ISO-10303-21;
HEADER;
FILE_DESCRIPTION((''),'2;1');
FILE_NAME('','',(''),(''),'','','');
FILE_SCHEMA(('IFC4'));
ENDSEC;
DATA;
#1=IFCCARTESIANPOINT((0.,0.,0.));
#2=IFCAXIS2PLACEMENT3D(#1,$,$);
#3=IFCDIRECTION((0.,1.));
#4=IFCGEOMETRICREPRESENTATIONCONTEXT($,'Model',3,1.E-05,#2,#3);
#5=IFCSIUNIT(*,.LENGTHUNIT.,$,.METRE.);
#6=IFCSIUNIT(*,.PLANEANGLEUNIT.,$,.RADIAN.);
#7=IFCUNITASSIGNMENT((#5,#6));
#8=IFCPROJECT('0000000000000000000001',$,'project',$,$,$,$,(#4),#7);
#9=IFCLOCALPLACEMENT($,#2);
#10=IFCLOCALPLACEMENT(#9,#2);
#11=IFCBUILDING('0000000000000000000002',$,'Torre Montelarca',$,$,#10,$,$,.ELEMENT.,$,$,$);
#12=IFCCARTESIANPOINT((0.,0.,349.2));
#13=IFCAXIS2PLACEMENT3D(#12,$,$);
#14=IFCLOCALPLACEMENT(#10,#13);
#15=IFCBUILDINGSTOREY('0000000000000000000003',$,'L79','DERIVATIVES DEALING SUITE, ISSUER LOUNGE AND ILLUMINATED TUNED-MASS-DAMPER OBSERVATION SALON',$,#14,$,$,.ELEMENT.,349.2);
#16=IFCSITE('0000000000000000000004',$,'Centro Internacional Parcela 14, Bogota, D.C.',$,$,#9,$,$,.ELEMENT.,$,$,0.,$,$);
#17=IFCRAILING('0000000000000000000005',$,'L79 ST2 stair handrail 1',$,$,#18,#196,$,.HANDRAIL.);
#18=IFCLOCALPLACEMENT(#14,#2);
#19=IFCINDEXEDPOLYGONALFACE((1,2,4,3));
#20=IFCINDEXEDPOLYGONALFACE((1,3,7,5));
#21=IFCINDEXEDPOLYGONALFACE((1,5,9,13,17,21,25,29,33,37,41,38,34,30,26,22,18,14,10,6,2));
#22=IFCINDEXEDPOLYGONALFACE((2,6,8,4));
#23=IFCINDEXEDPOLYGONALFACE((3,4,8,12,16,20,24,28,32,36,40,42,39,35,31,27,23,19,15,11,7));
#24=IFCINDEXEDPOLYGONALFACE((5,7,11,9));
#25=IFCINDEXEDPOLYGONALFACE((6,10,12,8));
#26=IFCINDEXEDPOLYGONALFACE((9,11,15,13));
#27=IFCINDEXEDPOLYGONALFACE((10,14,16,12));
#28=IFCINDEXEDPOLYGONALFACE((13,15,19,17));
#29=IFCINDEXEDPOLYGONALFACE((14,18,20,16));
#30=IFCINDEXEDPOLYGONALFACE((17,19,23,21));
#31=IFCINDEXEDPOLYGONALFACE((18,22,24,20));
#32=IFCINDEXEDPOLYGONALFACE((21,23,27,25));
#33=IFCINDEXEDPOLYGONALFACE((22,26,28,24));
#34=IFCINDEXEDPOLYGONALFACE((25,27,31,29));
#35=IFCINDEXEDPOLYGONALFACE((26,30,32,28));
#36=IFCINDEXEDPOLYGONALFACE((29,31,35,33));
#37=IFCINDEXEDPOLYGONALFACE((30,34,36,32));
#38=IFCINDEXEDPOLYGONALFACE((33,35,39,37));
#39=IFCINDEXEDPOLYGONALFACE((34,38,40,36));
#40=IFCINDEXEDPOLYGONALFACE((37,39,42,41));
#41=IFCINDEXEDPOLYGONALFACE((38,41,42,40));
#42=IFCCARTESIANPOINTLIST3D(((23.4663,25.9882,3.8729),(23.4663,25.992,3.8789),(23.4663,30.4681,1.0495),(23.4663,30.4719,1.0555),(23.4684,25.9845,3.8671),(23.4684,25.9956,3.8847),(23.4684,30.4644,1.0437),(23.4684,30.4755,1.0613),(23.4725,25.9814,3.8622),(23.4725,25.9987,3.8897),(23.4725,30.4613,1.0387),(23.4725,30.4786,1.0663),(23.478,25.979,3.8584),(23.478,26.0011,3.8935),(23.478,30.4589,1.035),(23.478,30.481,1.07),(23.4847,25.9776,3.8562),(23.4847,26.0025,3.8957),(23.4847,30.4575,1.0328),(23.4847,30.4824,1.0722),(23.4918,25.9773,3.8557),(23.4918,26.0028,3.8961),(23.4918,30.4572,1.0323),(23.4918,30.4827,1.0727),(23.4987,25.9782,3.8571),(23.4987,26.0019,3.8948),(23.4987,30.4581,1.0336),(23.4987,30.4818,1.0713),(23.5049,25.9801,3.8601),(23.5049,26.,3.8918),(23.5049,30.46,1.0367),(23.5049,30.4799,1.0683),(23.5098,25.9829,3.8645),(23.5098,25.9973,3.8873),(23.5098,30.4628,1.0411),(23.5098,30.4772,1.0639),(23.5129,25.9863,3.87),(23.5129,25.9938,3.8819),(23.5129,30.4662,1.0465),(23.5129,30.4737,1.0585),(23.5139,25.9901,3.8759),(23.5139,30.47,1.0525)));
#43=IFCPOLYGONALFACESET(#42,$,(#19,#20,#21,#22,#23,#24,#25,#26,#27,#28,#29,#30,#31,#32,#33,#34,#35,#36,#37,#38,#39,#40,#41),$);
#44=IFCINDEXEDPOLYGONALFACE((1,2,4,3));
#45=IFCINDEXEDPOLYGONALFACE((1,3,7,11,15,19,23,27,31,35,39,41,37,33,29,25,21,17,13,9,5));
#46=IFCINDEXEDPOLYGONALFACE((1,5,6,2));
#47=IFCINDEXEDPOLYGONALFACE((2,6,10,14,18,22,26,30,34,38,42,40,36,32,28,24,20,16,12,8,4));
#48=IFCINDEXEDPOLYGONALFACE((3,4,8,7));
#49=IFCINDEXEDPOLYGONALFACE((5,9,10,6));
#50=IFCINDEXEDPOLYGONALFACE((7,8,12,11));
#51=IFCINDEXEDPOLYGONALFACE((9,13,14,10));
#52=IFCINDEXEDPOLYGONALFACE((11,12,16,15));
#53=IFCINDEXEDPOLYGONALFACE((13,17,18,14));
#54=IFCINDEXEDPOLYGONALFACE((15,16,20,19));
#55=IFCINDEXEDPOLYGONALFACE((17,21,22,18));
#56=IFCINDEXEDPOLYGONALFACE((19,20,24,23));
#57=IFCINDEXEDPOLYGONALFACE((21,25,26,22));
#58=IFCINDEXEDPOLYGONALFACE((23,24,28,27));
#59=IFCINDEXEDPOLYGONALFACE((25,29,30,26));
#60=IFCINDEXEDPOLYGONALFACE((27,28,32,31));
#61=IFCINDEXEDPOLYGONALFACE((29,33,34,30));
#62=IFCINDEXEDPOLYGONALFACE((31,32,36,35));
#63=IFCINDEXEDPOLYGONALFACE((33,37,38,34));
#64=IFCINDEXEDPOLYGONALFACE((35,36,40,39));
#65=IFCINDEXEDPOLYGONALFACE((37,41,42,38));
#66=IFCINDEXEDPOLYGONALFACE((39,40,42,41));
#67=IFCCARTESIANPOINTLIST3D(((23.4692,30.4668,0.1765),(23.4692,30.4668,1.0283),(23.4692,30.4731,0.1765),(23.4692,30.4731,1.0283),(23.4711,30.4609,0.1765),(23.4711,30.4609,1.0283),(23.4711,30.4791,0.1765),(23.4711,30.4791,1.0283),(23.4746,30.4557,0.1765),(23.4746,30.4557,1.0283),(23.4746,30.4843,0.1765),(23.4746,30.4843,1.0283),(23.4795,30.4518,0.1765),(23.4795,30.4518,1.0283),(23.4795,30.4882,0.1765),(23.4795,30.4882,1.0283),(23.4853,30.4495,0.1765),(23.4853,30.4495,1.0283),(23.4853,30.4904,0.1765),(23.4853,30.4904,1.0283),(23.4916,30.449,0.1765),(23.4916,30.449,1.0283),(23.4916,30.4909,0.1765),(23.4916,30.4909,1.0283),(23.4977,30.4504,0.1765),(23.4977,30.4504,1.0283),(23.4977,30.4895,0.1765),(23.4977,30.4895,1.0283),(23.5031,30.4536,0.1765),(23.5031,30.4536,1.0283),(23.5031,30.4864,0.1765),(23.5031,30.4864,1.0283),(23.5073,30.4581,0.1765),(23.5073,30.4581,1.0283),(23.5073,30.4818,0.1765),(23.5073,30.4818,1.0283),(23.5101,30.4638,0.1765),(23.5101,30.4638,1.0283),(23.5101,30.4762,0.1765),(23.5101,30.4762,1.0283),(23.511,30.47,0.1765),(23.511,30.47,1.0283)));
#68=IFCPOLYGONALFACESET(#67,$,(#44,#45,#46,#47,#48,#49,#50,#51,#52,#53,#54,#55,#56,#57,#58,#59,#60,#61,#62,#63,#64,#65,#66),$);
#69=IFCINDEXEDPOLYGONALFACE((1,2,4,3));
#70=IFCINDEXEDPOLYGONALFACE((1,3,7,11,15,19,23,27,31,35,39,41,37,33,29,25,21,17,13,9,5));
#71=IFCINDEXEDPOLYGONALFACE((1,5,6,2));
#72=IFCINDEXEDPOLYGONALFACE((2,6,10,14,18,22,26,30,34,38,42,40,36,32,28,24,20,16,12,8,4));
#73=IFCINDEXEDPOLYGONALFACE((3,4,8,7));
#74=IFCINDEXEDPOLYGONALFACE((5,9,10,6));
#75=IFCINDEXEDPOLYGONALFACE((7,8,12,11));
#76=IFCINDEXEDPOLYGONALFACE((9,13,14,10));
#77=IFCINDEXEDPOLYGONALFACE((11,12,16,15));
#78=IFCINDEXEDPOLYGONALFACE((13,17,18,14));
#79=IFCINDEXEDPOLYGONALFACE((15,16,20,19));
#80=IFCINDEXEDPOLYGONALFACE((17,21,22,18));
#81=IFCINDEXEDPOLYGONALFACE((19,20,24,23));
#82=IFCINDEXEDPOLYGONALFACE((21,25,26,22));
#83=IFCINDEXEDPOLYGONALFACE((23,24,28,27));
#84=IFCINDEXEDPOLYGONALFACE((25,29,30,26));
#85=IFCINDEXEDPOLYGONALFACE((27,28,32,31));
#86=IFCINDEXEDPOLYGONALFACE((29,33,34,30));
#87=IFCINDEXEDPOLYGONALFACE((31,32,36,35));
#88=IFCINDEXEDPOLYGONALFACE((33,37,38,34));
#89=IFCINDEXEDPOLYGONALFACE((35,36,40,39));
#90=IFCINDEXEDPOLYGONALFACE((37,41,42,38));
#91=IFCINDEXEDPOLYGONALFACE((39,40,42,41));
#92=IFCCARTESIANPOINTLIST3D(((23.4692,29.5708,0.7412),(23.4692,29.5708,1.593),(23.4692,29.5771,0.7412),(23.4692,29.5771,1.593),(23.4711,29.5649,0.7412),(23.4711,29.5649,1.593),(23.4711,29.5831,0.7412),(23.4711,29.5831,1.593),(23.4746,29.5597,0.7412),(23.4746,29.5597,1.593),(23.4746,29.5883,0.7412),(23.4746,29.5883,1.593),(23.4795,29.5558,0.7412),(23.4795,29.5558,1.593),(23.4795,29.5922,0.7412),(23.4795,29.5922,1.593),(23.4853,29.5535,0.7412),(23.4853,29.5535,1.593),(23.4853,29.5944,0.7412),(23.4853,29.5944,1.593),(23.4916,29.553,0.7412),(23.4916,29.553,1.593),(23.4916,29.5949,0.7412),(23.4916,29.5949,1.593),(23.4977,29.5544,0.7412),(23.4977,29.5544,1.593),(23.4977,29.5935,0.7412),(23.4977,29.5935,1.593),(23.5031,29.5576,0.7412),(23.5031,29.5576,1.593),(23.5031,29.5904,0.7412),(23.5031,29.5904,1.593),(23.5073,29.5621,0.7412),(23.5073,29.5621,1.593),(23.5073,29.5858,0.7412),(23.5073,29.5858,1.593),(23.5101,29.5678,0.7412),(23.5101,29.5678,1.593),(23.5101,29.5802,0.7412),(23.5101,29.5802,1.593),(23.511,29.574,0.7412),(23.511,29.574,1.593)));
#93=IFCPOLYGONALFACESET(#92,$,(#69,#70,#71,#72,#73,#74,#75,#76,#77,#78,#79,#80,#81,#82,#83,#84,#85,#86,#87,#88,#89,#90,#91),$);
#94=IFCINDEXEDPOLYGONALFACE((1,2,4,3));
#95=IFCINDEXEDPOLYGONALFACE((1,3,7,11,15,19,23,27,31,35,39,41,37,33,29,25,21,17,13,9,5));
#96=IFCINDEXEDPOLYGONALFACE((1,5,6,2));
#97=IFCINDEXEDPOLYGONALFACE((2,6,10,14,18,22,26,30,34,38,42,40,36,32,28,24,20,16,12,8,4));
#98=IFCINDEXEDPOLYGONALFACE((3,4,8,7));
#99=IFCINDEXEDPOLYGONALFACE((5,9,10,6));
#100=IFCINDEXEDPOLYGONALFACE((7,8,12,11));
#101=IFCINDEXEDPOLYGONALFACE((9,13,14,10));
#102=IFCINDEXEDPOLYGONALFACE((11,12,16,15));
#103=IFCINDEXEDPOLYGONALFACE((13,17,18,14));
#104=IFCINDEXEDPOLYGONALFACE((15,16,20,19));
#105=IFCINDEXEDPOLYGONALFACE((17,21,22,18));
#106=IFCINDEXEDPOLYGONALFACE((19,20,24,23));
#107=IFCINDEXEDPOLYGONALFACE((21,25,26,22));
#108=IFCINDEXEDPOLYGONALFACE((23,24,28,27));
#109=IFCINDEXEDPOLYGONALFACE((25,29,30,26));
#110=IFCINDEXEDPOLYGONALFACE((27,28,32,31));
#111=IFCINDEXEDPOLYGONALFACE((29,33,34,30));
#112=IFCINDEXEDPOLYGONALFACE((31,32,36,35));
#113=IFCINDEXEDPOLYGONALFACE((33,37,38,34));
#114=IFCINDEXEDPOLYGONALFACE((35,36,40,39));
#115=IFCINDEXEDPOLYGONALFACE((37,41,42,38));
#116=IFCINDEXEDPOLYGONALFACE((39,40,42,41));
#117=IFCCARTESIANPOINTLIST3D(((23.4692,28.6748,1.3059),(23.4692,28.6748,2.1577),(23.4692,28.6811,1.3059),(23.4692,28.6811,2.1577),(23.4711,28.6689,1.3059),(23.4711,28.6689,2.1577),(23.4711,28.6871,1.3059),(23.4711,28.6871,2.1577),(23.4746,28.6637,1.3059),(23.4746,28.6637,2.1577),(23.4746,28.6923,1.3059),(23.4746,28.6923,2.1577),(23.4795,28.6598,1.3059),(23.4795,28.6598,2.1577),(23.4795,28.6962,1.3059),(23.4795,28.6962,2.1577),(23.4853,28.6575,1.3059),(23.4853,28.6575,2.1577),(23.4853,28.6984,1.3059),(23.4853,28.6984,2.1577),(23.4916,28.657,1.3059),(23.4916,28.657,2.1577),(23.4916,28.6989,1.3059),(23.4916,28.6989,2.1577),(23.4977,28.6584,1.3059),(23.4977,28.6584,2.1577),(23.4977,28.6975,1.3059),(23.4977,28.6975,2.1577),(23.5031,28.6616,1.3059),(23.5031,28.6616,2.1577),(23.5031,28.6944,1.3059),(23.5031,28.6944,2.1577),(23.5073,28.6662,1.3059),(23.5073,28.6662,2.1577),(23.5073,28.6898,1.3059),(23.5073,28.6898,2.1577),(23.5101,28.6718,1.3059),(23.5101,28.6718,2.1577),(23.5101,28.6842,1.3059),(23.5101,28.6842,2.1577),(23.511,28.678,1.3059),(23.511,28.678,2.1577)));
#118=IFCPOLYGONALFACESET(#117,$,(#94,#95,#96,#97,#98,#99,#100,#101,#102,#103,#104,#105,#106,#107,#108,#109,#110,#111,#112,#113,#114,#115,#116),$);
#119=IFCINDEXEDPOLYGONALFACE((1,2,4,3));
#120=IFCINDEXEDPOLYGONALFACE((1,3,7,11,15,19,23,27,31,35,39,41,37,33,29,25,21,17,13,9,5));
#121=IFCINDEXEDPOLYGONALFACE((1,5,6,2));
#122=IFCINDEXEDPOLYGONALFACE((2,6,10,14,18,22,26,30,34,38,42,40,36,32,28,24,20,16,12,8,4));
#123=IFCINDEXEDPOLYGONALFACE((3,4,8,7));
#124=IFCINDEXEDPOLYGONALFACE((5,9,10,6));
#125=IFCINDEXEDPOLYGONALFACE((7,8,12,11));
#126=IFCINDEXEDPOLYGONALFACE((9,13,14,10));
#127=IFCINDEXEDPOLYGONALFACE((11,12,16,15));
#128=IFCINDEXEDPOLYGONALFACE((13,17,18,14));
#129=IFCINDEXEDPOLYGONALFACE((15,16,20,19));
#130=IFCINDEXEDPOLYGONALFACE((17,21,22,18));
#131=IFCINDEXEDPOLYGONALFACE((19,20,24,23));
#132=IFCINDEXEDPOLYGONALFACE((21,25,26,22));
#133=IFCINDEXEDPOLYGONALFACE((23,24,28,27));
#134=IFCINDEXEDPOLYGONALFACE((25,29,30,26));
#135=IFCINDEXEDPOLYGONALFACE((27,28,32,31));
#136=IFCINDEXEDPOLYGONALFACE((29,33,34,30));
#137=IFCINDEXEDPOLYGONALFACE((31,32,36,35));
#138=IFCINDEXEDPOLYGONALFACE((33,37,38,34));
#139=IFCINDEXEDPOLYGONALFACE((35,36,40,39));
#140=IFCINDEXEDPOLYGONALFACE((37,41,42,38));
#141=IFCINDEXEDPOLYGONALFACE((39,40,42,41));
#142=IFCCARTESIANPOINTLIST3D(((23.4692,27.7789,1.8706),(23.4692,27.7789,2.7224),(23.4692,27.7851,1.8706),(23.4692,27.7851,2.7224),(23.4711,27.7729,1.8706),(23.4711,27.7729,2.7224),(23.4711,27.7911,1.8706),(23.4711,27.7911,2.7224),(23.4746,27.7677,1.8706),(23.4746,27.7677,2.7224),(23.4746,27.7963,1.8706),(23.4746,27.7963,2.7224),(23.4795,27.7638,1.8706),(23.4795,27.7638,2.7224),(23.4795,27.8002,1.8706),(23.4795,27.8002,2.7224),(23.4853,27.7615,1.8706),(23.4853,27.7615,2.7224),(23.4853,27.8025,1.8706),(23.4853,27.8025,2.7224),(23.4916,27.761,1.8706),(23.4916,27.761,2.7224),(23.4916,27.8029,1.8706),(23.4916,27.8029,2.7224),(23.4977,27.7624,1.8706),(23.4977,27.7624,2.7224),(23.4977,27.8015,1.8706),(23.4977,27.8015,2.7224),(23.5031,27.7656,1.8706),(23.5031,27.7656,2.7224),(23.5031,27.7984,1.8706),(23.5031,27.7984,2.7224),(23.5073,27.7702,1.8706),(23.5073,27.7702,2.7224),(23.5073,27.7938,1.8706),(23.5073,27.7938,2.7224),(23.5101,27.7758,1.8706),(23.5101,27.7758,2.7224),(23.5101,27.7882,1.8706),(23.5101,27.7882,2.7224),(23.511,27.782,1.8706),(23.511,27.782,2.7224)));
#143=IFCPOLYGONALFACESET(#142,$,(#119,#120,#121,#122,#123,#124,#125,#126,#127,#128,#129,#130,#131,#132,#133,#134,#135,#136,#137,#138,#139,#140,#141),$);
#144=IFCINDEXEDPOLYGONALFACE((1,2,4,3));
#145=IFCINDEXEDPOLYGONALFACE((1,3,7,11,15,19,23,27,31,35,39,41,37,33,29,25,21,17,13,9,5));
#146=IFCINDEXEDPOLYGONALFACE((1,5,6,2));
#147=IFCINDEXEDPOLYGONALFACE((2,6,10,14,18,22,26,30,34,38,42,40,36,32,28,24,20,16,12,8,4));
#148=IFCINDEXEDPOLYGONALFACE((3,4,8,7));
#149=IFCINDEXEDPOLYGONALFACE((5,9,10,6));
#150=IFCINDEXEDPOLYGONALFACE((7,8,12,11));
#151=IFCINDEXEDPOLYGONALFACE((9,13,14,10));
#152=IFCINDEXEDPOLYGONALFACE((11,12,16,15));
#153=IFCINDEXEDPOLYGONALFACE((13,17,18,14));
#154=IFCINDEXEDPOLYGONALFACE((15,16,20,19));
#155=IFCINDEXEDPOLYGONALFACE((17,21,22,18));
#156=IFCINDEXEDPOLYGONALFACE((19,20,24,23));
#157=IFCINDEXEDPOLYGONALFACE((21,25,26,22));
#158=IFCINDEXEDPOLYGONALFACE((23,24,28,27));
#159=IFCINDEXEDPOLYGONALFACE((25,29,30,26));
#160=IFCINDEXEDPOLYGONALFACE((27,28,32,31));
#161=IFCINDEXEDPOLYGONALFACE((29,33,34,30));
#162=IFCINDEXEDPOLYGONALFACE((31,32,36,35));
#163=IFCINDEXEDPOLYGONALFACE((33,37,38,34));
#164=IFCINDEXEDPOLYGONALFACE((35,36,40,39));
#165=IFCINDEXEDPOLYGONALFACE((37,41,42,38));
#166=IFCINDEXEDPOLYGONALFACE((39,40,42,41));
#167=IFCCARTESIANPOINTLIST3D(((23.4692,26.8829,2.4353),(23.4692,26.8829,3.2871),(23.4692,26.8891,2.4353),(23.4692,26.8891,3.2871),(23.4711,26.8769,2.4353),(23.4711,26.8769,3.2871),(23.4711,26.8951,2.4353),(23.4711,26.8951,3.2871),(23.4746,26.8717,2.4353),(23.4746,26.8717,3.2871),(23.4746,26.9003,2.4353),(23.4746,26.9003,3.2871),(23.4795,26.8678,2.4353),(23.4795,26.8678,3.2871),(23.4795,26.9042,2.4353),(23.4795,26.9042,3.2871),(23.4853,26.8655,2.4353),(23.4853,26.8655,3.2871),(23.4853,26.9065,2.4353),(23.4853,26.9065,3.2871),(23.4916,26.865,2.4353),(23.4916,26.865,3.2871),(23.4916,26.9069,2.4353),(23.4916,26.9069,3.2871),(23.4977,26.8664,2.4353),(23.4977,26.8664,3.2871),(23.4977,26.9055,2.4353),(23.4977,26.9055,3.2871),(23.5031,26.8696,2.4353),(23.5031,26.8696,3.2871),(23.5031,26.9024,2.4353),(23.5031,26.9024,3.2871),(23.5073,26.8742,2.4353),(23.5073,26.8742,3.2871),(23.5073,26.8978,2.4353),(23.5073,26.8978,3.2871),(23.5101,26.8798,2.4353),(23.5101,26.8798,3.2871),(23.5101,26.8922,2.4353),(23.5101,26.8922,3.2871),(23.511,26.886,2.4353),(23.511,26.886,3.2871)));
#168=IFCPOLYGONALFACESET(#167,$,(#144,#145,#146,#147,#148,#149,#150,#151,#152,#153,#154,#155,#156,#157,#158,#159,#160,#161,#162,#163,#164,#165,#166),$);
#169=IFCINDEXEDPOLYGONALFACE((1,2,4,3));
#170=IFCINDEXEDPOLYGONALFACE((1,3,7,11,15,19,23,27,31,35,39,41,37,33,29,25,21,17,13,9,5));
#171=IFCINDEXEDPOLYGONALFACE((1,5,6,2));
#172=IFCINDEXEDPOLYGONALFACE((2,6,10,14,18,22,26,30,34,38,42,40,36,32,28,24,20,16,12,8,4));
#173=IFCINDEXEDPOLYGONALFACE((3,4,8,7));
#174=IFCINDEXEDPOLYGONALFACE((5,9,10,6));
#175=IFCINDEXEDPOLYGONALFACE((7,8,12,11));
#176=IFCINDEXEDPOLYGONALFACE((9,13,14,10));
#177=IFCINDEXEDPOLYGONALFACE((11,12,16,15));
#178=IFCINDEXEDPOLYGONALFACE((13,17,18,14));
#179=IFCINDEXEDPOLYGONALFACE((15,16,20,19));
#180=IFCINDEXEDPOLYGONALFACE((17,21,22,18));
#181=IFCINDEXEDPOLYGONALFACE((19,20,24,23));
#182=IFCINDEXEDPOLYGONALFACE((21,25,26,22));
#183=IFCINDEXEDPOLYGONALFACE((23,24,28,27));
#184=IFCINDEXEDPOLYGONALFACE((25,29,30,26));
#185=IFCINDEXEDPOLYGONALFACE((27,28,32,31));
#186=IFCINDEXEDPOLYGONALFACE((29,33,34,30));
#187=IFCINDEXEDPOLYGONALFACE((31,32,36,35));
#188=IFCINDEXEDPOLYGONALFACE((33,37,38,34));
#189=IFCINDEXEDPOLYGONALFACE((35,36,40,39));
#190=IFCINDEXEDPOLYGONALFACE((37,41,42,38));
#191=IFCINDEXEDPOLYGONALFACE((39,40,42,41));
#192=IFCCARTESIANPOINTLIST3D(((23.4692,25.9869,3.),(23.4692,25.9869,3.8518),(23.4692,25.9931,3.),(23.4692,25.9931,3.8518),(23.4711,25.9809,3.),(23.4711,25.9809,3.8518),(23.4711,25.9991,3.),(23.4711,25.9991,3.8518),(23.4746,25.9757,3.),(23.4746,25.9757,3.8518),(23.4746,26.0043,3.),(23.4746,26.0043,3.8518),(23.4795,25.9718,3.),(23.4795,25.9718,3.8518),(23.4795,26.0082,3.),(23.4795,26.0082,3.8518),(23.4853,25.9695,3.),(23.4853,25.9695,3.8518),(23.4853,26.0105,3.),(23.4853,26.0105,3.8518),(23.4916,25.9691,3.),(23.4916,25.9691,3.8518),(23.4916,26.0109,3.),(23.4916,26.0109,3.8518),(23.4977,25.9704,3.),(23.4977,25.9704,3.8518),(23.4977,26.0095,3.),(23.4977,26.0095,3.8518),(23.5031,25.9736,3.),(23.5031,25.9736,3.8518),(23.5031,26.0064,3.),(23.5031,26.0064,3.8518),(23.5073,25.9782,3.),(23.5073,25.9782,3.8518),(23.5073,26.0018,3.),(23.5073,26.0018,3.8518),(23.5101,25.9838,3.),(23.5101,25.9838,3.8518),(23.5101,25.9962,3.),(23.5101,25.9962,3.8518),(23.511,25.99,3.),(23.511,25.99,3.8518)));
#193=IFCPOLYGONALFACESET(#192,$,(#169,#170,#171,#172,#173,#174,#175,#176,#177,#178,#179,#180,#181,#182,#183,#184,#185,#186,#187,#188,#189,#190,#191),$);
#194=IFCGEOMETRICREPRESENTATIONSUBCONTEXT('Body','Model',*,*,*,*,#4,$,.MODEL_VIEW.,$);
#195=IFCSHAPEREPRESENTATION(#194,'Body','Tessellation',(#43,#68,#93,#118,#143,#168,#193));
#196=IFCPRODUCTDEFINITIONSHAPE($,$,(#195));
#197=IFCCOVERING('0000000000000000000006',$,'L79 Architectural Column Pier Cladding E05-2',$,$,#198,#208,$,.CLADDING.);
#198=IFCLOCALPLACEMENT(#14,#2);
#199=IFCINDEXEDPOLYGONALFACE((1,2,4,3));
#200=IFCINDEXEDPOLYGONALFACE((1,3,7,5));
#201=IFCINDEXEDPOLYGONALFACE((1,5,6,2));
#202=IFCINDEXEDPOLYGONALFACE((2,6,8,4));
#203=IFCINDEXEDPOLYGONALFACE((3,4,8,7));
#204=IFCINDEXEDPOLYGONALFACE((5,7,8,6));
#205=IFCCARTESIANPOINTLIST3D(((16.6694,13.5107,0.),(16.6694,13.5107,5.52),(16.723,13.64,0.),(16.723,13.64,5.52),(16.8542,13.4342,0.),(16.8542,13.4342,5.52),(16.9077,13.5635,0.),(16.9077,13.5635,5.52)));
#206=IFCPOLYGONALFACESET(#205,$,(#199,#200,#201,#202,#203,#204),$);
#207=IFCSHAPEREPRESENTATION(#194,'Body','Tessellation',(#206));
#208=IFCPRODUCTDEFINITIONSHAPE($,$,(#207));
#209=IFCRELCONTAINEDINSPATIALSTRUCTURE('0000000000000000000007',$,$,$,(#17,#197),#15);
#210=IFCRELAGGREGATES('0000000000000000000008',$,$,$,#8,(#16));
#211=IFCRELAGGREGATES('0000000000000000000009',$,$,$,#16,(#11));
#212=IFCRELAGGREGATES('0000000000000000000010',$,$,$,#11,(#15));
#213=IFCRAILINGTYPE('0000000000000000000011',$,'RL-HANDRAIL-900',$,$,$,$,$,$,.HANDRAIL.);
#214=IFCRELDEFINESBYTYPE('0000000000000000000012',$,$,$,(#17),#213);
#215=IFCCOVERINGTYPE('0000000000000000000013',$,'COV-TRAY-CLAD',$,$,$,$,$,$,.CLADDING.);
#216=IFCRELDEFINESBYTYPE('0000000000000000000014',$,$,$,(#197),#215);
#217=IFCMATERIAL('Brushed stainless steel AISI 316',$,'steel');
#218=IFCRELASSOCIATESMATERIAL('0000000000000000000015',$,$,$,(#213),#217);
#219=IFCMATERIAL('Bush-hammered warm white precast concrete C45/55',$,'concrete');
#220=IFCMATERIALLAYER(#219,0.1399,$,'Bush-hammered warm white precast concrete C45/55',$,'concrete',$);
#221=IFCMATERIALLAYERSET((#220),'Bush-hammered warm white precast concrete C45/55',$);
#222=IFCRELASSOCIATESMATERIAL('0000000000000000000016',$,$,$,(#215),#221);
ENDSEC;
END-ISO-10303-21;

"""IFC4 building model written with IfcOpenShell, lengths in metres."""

from ifc_helpers import new_model, si_unit, direction, frame, origin, origin_2d, place, context, subcontext, project, spatial, rectangle, circle, extrude, source, transform, mapped, material, layer, layer_set, type_object, element, save


model = new_model("IFC4")

# Units and contexts
model_context = context("Model", 3, precision=1e-05, world=origin(), true_north=direction((0.0, 1.0)))
body_context = subcontext(model_context, "Body", "Model", "MODEL_VIEW")
ifc_project = project(units=[si_unit("LENGTHUNIT", "METRE"), si_unit("PLANEANGLEUNIT", "RADIAN")], contexts=[model_context])

# Site, building, storey
site_placement = place(None, origin())
site = spatial("IfcSite", under=ifc_project, at=site_placement, Name="Centro Internacional Parcela 14, Bogota, D.C.", CompositionType="ELEMENT", RefElevation=0.0)
building_placement = place(site_placement, origin())
building = spatial("IfcBuilding", under=site, at=building_placement, Name="Torre Montelarca", CompositionType="ELEMENT")
storey_placement = place(building_placement, frame((0.0, 0.0, 349.2)))
storey = spatial("IfcBuildingStorey", under=building, at=storey_placement, Name="L79", Description="DERIVATIVES DEALING SUITE, ISSUER LOUNGE AND ILLUMINATED TUNED-MASS-DAMPER OBSERVATION SALON", CompositionType="ELEMENT", Elevation=349.2)

# Railing
ifc_material_1 = material(Name="Brushed stainless steel AISI 316", Category="steel")
railing_type_1 = type_object("IfcRailingType", Name="RL-HANDRAIL-900", PredefinedType="HANDRAIL", material=ifc_material_1)
railing_1_placement = place(storey_placement, frame((23.49, 30.47, 0.1765)))
element("IfcRailing", 1, at=railing_1_placement, inside=storey, type_object=railing_type_1, Name="L79 ST2 stair handrail 1", PredefinedType="HANDRAIL", context=body_context, shape_type="SweptSolid", body=[
    extrude(circle(Radius=0.0239, at=origin_2d()), frame((0.0, 0.0, 0.876), z_axis=(0.0, -0.845998, 0.533186), x_axis=(1.0, 0.0, 0.0)), (0.0, 0.0, 1.0), 5.2954),
    extrude(circle(Radius=0.021, at=origin_2d()), origin(), (0.0, 0.0, 1.0), 0.8518),
    extrude(circle(Radius=0.021, at=origin_2d()), frame((0.0, -0.896, 0.5647)), (0.0, 0.0, 1.0), 0.8518),
    extrude(circle(Radius=0.021, at=origin_2d()), frame((0.0, -1.792, 1.1294)), (0.0, 0.0, 1.0), 0.8518),
    extrude(circle(Radius=0.021, at=origin_2d()), frame((0.0, -2.688, 1.6941)), (0.0, 0.0, 1.0), 0.8518),
    extrude(circle(Radius=0.021, at=origin_2d()), frame((0.0, -3.584, 2.2588)), (0.0, 0.0, 1.0), 0.8518),
    extrude(circle(Radius=0.021, at=origin_2d()), frame((0.0, -4.48, 2.8235)), (0.0, 0.0, 1.0), 0.8518),
])

# Covering
ifc_material_2 = material(Name="Bush-hammered warm white precast concrete C45/55", Category="concrete")
ifc_layer_1 = layer(ifc_material_2, 0.1399, Name="Bush-hammered warm white precast concrete C45/55", Category="concrete")
ifc_layer_set_1 = layer_set([ifc_layer_1], Name="Bush-hammered warm white precast concrete C45/55")
covering_type = type_object("IfcCoveringType", Name="COV-TRAY-CLAD", PredefinedType="CLADDING", material=ifc_layer_set_1)
shared_shape_1 = source(origin(), body_context, "Body", "SweptSolid", [
    extrude(rectangle(XDim=0.2, YDim=0.1399, at=origin_2d()), origin(), (0.0, 0.0, 1.0), 5.52),
])
covering_placement = place(storey_placement, frame((16.7886, 13.5371, 0.0), z_axis=(0.0, 0.0, 1.0), x_axis=(0.923881, -0.38268, 0.0)))
element("IfcCovering", 2, at=covering_placement, inside=storey, type_object=covering_type, Name="L79 Architectural Column Pier Cladding E05-2", PredefinedType="CLADDING", context=body_context, shape_type="MappedRepresentation", body=[
    mapped(shared_shape_1, transform((0.0, 0.0, 0.0), scale=1.0)),
])

save(model, "model.ifc")
